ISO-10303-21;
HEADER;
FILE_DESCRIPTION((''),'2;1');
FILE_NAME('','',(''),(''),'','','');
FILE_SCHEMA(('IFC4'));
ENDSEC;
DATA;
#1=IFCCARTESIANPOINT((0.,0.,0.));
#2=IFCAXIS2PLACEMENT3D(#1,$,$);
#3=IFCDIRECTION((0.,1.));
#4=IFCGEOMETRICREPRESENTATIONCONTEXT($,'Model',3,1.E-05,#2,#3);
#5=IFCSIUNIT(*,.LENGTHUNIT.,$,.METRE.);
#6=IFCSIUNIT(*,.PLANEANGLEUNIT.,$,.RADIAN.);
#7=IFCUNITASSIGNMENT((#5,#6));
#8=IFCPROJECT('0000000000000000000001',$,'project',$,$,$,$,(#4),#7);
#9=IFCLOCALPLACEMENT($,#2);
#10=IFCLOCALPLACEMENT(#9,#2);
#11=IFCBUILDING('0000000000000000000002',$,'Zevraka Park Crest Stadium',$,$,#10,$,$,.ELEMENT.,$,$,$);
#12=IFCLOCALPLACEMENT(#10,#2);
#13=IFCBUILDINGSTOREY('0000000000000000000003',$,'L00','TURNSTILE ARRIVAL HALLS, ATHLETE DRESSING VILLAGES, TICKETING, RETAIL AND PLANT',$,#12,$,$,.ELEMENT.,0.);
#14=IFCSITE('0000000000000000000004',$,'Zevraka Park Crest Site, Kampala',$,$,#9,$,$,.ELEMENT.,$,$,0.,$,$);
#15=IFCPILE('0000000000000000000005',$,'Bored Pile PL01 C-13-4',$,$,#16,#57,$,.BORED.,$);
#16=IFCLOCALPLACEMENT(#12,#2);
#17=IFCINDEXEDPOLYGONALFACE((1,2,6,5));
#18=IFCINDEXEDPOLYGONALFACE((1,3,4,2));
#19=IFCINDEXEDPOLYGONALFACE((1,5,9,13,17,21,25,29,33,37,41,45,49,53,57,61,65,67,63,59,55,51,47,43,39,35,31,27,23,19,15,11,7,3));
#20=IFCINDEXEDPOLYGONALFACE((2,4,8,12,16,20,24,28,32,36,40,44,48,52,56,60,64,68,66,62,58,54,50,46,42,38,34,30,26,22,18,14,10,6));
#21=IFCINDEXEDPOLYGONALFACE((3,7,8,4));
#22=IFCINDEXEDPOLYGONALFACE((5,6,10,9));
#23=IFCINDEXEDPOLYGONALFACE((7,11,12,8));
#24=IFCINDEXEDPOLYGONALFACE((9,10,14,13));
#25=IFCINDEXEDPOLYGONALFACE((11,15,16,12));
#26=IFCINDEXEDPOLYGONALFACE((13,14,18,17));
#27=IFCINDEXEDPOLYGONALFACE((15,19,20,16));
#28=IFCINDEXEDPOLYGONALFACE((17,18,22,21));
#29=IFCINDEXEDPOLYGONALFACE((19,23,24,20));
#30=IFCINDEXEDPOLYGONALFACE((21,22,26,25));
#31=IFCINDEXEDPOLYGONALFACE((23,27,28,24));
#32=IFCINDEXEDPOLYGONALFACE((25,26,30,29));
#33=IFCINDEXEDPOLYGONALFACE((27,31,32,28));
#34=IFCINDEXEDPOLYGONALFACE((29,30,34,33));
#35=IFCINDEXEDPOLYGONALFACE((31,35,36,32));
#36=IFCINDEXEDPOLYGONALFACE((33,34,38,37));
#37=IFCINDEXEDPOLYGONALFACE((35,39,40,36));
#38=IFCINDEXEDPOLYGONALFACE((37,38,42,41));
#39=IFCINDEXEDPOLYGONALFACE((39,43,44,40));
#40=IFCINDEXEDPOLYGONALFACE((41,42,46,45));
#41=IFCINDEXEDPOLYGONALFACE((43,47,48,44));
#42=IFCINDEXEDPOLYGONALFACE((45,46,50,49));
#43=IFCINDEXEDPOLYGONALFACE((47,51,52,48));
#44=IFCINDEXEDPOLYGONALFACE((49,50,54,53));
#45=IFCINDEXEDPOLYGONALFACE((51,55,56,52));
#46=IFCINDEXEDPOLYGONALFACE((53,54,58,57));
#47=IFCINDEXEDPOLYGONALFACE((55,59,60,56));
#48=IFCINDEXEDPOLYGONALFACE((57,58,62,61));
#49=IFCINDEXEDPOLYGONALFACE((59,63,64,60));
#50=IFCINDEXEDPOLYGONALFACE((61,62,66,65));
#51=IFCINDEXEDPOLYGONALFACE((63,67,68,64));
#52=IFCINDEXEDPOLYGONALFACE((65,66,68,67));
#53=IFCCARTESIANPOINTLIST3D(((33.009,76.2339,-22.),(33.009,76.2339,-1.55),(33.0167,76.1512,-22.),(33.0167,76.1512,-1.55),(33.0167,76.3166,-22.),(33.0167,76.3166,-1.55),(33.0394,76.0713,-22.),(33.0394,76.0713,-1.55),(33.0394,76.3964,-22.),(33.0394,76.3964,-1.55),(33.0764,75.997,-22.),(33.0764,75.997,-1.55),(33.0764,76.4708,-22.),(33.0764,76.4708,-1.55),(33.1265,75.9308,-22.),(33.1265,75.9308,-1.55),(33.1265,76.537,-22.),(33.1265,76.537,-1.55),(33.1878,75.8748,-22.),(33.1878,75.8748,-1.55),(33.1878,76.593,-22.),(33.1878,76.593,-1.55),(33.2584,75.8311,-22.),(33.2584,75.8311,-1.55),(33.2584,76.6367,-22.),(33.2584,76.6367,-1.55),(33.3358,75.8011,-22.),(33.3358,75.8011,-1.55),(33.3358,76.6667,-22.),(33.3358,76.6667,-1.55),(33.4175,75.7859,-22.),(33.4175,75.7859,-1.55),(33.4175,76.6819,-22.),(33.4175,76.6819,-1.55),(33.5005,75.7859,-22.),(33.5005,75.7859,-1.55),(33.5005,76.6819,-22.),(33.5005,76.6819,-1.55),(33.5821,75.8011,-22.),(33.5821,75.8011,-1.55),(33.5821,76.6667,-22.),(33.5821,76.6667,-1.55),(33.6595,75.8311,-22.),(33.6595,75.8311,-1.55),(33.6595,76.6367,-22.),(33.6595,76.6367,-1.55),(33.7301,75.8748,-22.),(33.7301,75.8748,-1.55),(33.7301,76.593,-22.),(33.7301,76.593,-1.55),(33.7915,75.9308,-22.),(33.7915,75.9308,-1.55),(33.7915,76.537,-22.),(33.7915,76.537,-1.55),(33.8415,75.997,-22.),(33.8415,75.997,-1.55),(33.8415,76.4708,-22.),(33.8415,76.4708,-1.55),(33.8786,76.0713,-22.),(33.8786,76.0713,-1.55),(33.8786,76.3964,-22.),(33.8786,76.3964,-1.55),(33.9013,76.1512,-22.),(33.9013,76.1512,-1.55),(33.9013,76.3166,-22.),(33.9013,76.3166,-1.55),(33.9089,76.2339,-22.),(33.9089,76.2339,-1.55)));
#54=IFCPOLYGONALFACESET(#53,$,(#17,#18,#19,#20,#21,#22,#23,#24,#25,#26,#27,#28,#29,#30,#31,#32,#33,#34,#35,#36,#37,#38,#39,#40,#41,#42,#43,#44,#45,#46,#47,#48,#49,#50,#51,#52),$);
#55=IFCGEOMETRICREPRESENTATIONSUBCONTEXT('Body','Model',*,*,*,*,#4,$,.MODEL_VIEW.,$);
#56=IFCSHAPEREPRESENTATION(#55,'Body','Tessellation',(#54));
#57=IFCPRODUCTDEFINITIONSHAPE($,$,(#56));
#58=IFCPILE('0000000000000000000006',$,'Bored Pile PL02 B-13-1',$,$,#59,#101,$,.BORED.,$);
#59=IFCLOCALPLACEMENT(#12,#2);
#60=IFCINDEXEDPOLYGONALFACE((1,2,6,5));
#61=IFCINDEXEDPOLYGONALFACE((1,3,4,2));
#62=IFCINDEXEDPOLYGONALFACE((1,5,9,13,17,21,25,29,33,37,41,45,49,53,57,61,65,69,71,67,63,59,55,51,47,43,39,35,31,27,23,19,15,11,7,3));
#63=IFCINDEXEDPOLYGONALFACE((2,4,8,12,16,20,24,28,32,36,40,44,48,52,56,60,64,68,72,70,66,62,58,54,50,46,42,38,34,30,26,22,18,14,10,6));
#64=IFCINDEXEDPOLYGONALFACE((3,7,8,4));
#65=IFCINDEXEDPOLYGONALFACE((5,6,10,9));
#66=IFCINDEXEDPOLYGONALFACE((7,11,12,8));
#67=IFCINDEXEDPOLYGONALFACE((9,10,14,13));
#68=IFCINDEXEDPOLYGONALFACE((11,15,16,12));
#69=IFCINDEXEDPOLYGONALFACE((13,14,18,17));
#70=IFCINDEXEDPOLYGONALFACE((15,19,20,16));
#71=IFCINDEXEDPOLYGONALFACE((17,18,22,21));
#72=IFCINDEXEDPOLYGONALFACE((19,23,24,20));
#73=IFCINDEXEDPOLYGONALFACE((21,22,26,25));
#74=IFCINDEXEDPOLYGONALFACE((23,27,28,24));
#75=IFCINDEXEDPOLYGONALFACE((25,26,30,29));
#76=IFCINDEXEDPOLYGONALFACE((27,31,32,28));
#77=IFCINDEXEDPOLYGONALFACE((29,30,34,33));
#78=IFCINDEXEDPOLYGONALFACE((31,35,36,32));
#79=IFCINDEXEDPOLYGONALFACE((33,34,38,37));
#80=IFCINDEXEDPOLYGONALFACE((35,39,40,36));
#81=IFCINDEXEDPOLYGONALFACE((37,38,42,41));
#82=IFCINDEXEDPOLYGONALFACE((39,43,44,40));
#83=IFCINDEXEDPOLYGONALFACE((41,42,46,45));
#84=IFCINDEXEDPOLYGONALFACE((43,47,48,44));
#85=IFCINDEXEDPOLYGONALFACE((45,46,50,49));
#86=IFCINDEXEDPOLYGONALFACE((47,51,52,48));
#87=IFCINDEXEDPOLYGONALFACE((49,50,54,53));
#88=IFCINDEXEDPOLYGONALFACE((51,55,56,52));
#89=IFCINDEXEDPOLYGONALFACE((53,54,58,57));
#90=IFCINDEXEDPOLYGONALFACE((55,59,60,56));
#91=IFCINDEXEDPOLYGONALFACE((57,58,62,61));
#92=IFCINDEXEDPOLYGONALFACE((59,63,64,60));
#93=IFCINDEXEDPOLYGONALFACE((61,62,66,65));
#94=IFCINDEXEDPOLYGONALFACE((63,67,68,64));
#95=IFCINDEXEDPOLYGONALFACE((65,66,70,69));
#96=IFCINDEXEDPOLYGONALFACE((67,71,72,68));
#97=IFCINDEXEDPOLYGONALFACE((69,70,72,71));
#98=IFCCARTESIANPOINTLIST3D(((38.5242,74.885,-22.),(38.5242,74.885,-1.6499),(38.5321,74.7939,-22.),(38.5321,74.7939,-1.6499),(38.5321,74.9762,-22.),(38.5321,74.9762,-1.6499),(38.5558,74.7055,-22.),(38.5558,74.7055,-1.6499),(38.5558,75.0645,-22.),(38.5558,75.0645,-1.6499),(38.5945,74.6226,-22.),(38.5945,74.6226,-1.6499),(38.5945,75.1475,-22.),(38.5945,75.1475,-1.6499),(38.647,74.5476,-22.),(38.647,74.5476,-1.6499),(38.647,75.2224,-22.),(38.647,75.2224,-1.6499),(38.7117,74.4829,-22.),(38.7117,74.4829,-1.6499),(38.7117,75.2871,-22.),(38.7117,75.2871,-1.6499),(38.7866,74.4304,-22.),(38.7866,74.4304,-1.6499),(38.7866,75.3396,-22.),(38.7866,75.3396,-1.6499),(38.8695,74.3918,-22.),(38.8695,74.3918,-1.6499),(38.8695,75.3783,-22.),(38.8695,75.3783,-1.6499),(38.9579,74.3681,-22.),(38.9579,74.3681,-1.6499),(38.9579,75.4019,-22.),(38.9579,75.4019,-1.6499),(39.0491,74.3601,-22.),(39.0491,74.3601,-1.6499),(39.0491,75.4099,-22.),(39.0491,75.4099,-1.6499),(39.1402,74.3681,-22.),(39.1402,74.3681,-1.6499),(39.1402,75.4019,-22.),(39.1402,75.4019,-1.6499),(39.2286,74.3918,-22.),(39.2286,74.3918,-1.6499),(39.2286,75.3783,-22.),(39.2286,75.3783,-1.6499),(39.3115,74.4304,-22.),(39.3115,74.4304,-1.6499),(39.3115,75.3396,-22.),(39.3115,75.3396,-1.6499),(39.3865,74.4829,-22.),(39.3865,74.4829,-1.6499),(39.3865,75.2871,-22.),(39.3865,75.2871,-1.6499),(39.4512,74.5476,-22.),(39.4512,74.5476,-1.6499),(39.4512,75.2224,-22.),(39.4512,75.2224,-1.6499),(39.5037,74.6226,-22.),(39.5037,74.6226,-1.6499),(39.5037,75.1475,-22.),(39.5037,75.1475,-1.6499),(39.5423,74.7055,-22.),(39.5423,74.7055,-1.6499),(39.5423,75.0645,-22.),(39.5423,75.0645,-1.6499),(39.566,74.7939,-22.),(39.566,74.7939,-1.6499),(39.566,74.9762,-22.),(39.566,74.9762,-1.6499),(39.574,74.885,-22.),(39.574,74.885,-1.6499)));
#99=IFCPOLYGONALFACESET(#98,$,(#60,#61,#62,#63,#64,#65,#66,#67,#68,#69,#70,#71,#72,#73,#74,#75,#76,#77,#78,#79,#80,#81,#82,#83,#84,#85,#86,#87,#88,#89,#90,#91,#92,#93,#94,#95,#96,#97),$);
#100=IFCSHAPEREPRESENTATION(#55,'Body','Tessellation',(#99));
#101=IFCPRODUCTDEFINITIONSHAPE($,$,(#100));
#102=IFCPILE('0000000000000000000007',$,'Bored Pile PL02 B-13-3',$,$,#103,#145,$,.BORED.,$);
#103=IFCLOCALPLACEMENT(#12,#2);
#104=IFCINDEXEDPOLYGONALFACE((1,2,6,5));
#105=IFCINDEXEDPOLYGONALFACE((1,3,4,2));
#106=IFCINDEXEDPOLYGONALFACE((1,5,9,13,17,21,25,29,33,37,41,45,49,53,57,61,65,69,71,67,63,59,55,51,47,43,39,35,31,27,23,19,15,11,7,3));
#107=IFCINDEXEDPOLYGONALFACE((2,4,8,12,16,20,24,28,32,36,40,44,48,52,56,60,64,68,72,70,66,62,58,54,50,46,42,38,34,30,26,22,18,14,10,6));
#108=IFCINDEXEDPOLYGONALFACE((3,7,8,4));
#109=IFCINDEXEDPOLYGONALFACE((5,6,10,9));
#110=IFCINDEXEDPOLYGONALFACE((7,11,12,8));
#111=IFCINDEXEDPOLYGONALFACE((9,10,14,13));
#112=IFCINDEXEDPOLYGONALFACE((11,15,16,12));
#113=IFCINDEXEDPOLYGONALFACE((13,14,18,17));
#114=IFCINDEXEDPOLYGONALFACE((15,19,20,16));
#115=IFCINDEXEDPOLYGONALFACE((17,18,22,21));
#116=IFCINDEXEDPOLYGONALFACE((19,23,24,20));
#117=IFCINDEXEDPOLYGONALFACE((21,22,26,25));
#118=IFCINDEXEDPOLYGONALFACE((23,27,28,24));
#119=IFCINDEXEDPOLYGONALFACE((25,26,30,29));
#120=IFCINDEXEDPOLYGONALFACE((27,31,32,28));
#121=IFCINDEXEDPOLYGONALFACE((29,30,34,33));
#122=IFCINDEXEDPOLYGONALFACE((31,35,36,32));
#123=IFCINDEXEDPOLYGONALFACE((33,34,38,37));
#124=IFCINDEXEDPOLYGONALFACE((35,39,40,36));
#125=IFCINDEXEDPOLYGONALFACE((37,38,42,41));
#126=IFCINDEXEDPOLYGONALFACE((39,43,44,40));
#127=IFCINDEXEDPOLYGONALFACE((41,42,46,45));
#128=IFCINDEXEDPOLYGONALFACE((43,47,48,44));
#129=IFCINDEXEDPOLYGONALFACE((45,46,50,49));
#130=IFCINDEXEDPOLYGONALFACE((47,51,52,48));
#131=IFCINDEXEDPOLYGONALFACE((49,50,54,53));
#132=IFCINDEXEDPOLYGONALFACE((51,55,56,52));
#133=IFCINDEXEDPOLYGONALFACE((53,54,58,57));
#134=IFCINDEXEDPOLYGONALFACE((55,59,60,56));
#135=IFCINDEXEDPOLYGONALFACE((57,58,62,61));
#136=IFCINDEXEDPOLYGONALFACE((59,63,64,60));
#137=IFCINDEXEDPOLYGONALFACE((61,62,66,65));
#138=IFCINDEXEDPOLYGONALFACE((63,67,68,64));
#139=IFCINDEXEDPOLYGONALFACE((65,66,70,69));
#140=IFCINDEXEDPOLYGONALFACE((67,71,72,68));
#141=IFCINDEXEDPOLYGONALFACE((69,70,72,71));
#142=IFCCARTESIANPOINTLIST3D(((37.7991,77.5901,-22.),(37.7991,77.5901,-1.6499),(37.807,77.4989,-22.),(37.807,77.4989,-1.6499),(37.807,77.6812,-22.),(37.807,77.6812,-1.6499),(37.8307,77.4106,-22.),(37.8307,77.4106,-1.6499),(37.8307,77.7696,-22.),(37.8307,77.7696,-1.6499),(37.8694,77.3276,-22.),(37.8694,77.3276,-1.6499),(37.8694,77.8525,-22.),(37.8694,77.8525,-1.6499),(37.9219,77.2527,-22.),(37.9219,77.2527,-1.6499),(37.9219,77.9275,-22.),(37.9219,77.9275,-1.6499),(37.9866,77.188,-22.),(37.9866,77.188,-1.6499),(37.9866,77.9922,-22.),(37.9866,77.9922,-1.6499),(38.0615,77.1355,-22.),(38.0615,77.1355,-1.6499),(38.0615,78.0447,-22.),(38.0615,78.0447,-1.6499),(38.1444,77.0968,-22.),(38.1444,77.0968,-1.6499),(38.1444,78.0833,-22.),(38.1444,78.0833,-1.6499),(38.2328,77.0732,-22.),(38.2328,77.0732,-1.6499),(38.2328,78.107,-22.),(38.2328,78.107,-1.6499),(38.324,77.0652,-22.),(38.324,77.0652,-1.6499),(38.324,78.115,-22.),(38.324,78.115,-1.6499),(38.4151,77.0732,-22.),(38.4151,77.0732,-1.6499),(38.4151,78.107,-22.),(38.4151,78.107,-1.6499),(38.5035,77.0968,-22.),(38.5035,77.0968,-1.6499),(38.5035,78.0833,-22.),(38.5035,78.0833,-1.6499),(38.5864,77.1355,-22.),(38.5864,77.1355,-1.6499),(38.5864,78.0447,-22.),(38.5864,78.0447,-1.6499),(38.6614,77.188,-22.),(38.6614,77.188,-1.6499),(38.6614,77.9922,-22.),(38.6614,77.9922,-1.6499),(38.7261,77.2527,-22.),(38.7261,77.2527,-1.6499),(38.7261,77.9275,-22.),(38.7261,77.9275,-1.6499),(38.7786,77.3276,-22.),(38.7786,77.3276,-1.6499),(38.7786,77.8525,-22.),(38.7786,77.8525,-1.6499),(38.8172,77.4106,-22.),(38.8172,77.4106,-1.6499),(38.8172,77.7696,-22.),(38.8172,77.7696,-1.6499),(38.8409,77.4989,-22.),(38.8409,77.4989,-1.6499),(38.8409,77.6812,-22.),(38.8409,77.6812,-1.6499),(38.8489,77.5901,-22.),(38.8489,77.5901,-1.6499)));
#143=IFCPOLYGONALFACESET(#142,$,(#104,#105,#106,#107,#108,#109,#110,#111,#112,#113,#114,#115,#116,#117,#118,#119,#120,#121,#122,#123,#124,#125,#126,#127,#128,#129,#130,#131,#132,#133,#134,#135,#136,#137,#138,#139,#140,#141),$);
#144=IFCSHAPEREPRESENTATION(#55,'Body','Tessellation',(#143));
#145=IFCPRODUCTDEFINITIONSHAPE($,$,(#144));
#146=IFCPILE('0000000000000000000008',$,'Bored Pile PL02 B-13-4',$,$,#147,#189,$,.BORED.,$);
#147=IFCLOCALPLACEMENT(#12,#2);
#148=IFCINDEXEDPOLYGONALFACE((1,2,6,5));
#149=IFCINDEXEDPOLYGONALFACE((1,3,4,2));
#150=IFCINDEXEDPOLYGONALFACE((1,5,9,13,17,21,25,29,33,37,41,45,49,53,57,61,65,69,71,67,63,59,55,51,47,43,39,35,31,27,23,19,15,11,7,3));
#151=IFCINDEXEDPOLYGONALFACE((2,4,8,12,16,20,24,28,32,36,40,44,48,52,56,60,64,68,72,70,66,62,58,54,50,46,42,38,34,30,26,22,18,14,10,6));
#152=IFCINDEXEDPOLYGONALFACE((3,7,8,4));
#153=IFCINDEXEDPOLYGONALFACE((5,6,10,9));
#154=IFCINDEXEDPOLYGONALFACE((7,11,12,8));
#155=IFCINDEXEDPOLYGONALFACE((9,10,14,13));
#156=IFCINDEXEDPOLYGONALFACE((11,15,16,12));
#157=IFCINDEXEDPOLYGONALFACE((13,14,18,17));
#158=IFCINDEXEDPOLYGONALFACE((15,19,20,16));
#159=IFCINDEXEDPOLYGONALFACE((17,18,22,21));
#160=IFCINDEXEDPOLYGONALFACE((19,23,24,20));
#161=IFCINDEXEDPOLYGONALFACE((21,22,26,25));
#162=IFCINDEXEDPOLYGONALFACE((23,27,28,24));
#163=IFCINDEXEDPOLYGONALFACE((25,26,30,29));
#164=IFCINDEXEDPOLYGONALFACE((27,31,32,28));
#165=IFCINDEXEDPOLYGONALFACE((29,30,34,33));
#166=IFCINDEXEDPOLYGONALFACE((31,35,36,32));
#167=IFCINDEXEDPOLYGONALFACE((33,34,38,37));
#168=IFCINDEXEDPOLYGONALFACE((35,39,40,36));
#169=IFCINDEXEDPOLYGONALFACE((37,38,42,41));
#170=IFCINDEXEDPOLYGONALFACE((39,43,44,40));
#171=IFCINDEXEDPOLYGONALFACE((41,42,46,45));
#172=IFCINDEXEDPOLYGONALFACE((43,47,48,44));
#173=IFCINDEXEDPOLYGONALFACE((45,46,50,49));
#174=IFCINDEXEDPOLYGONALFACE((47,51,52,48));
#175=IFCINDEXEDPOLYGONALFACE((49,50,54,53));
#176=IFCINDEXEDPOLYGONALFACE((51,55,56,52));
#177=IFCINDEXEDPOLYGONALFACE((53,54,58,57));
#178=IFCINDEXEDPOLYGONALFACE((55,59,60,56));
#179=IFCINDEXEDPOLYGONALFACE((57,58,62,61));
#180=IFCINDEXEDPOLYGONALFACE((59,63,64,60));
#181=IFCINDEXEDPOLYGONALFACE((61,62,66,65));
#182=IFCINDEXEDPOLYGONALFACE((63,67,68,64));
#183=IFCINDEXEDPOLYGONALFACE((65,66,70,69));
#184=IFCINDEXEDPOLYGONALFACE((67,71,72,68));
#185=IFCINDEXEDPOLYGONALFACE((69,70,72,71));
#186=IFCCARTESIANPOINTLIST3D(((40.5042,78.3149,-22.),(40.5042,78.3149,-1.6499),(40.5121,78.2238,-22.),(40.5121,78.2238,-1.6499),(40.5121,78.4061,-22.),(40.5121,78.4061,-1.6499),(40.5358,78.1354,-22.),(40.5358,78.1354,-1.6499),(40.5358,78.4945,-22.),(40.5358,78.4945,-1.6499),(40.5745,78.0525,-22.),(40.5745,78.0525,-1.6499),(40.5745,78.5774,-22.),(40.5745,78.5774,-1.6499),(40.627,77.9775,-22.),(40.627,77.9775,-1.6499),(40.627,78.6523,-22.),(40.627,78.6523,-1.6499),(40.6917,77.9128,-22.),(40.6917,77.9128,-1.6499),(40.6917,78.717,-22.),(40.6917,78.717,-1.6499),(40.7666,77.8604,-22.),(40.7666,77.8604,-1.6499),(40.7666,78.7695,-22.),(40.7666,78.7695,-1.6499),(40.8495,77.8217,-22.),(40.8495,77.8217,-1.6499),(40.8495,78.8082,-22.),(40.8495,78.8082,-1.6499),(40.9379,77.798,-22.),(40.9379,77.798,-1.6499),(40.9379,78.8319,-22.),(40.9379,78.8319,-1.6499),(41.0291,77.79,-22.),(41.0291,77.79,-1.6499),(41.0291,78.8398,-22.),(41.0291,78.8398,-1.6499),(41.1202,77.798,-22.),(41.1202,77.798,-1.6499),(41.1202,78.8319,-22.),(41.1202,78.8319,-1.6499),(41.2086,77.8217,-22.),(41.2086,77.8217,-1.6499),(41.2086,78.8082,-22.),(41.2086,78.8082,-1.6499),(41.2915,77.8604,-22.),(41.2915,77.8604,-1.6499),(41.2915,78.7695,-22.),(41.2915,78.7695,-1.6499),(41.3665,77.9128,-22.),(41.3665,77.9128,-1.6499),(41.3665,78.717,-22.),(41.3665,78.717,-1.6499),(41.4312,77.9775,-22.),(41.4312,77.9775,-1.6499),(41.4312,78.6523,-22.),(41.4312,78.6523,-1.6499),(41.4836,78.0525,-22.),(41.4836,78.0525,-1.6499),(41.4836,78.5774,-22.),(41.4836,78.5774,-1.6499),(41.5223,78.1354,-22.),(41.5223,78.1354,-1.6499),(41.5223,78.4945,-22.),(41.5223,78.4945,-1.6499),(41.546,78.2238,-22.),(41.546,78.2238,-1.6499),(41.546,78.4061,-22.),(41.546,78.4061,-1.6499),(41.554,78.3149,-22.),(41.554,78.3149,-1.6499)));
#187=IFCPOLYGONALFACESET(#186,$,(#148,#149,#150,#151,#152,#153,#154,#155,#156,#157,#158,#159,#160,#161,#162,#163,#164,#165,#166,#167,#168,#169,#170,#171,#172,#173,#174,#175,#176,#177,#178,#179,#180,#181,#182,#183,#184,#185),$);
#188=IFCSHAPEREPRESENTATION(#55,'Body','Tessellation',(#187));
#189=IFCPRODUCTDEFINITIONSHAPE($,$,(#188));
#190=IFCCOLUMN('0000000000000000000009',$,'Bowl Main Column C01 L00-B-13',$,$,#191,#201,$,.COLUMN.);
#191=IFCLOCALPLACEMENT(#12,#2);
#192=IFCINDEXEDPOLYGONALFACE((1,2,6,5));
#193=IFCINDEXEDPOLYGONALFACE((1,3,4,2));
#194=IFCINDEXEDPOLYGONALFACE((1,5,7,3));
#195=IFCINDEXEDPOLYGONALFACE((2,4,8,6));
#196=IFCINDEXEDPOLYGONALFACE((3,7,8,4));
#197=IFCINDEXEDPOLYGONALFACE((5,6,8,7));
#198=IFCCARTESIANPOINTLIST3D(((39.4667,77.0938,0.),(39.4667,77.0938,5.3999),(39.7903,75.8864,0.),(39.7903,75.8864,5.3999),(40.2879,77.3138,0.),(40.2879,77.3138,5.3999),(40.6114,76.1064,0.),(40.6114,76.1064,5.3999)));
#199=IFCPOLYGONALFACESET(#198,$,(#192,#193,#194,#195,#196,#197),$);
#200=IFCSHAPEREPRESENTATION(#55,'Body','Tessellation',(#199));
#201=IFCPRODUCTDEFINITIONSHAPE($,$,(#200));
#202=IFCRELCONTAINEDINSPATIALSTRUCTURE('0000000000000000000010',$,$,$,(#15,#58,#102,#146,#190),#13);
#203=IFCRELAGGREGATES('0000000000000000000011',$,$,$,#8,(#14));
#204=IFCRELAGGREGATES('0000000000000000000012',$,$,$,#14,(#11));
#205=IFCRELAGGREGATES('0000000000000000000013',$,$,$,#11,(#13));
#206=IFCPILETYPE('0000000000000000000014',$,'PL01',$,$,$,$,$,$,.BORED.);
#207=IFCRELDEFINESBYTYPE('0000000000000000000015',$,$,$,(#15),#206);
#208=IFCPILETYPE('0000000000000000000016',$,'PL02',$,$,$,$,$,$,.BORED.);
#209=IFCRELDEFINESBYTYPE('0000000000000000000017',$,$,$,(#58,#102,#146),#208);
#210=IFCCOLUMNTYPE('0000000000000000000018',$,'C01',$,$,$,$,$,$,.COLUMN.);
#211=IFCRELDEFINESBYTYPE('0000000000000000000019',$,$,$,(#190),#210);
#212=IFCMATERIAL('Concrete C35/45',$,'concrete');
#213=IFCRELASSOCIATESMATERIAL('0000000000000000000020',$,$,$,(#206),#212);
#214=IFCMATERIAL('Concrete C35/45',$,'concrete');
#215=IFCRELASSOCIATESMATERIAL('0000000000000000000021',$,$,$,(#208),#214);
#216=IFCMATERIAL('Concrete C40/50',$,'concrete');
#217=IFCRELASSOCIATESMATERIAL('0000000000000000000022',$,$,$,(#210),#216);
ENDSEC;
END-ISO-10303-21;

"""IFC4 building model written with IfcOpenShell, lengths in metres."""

from ifc_helpers import new_model, si_unit, direction, frame, origin, origin_2d, place, context, subcontext, project, spatial, rectangle, circle, extrude, material, material_profile, profile_set, type_object, element, save


model = new_model("IFC4")

# Units and contexts
model_context = context("Model", 3, precision=1e-05, world=origin(), true_north=direction((0.0, 1.0)))
body_context = subcontext(model_context, "Body", "Model", "MODEL_VIEW")
ifc_project = project(units=[si_unit("LENGTHUNIT", "METRE"), si_unit("PLANEANGLEUNIT", "RADIAN")], contexts=[model_context])

# Site, building, storey
site_placement = place(None, origin())
site = spatial("IfcSite", under=ifc_project, at=site_placement, Name="Zevraka Park Crest Site, Kampala", CompositionType="ELEMENT", RefElevation=0.0)
building_placement = place(site_placement, origin())
building = spatial("IfcBuilding", under=site, at=building_placement, Name="Zevraka Park Crest Stadium", CompositionType="ELEMENT")
storey_placement = place(building_placement, origin())
storey = spatial("IfcBuildingStorey", under=building, at=storey_placement, Name="L00", Description="TURNSTILE ARRIVAL HALLS, ATHLETE DRESSING VILLAGES, TICKETING, RETAIL AND PLANT", CompositionType="ELEMENT", Elevation=0.0)

# Piles
ifc_material_1 = material(Name="Concrete C35/45", Category="concrete")
ifc_material_profile_1 = material_profile(ifc_material_1, circle(Radius=0.45, at=origin_2d()), Name="PILE D900")
ifc_profile_set_1 = profile_set([ifc_material_profile_1], Name="Concrete C35/45")
pile_type_1 = type_object("IfcPileType", Name="PL01", PredefinedType="BORED", material=ifc_profile_set_1)
for number, where, z_axis, x_axis, name in (
    (1, (33.459, 76.2339, -1.55), (0.0, 0.0, -1.0), (1.0, 0.0, 0.0), "Bored Pile PL01 C-13-4"),
):
    element("IfcPile", number, at=place(storey_placement, frame(where, z_axis=z_axis, x_axis=x_axis)), inside=storey, type_object=pile_type_1, Name=name, PredefinedType="BORED", context=body_context, shape_type="SweptSolid", body=[
        extrude(circle(Radius=0.45, at=origin_2d()), origin(), (0.0, 0.0, 1.0), 20.45),
    ])
ifc_material_2 = material(Name="Concrete C35/45", Category="concrete")
ifc_material_profile_2 = material_profile(ifc_material_2, circle(Radius=0.5249, at=origin_2d()), Name="PILE D1050")
ifc_profile_set_2 = profile_set([ifc_material_profile_2], Name="Concrete C35/45")
pile_type_2 = type_object("IfcPileType", Name="PL02", PredefinedType="BORED", material=ifc_profile_set_2)
for number, where, z_axis, x_axis, name in (
    (2, (39.0491, 74.885, -1.6499), (0.0, 0.0, -1.0), (1.0, 0.0, 0.0), "Bored Pile PL02 B-13-1"),
    (3, (38.324, 77.5901, -1.6499), (0.0, 0.0, -1.0), (1.0, 0.0, 0.0), "Bored Pile PL02 B-13-3"),
    (4, (41.0291, 78.3149, -1.6499), (0.0, 0.0, -1.0), (1.0, 0.0, 0.0), "Bored Pile PL02 B-13-4"),
):
    element("IfcPile", number, at=place(storey_placement, frame(where, z_axis=z_axis, x_axis=x_axis)), inside=storey, type_object=pile_type_2, Name=name, PredefinedType="BORED", context=body_context, shape_type="SweptSolid", body=[
        extrude(circle(Radius=0.5249, at=origin_2d()), origin(), (0.0, 0.0, 1.0), 20.3501),
    ])

# Column
ifc_material_3 = material(Name="Concrete C40/50", Category="concrete")
ifc_material_profile_3 = material_profile(ifc_material_3, rectangle(XDim=0.8501, YDim=1.25, at=origin_2d()), Name="RC 1250x850")
ifc_profile_set_3 = profile_set([ifc_material_profile_3], Name="Concrete C40/50")
column_type_1 = type_object("IfcColumnType", Name="C01", PredefinedType="COLUMN", material=ifc_profile_set_3)
column_1_placement = place(storey_placement, frame((40.0391, 76.6001, 0.0), z_axis=(0.0, 0.0, 1.0), x_axis=(0.965926, 0.258819, 0.0)))
element("IfcColumn", 5, at=column_1_placement, inside=storey, type_object=column_type_1, Name="Bowl Main Column C01 L00-B-13", PredefinedType="COLUMN", context=body_context, shape_type="SweptSolid", body=[
    extrude(rectangle(XDim=0.8501, YDim=1.25, at=origin_2d()), origin(), (0.0, 0.0, 1.0), 5.3999),
])

save(model, "model.ifc")
